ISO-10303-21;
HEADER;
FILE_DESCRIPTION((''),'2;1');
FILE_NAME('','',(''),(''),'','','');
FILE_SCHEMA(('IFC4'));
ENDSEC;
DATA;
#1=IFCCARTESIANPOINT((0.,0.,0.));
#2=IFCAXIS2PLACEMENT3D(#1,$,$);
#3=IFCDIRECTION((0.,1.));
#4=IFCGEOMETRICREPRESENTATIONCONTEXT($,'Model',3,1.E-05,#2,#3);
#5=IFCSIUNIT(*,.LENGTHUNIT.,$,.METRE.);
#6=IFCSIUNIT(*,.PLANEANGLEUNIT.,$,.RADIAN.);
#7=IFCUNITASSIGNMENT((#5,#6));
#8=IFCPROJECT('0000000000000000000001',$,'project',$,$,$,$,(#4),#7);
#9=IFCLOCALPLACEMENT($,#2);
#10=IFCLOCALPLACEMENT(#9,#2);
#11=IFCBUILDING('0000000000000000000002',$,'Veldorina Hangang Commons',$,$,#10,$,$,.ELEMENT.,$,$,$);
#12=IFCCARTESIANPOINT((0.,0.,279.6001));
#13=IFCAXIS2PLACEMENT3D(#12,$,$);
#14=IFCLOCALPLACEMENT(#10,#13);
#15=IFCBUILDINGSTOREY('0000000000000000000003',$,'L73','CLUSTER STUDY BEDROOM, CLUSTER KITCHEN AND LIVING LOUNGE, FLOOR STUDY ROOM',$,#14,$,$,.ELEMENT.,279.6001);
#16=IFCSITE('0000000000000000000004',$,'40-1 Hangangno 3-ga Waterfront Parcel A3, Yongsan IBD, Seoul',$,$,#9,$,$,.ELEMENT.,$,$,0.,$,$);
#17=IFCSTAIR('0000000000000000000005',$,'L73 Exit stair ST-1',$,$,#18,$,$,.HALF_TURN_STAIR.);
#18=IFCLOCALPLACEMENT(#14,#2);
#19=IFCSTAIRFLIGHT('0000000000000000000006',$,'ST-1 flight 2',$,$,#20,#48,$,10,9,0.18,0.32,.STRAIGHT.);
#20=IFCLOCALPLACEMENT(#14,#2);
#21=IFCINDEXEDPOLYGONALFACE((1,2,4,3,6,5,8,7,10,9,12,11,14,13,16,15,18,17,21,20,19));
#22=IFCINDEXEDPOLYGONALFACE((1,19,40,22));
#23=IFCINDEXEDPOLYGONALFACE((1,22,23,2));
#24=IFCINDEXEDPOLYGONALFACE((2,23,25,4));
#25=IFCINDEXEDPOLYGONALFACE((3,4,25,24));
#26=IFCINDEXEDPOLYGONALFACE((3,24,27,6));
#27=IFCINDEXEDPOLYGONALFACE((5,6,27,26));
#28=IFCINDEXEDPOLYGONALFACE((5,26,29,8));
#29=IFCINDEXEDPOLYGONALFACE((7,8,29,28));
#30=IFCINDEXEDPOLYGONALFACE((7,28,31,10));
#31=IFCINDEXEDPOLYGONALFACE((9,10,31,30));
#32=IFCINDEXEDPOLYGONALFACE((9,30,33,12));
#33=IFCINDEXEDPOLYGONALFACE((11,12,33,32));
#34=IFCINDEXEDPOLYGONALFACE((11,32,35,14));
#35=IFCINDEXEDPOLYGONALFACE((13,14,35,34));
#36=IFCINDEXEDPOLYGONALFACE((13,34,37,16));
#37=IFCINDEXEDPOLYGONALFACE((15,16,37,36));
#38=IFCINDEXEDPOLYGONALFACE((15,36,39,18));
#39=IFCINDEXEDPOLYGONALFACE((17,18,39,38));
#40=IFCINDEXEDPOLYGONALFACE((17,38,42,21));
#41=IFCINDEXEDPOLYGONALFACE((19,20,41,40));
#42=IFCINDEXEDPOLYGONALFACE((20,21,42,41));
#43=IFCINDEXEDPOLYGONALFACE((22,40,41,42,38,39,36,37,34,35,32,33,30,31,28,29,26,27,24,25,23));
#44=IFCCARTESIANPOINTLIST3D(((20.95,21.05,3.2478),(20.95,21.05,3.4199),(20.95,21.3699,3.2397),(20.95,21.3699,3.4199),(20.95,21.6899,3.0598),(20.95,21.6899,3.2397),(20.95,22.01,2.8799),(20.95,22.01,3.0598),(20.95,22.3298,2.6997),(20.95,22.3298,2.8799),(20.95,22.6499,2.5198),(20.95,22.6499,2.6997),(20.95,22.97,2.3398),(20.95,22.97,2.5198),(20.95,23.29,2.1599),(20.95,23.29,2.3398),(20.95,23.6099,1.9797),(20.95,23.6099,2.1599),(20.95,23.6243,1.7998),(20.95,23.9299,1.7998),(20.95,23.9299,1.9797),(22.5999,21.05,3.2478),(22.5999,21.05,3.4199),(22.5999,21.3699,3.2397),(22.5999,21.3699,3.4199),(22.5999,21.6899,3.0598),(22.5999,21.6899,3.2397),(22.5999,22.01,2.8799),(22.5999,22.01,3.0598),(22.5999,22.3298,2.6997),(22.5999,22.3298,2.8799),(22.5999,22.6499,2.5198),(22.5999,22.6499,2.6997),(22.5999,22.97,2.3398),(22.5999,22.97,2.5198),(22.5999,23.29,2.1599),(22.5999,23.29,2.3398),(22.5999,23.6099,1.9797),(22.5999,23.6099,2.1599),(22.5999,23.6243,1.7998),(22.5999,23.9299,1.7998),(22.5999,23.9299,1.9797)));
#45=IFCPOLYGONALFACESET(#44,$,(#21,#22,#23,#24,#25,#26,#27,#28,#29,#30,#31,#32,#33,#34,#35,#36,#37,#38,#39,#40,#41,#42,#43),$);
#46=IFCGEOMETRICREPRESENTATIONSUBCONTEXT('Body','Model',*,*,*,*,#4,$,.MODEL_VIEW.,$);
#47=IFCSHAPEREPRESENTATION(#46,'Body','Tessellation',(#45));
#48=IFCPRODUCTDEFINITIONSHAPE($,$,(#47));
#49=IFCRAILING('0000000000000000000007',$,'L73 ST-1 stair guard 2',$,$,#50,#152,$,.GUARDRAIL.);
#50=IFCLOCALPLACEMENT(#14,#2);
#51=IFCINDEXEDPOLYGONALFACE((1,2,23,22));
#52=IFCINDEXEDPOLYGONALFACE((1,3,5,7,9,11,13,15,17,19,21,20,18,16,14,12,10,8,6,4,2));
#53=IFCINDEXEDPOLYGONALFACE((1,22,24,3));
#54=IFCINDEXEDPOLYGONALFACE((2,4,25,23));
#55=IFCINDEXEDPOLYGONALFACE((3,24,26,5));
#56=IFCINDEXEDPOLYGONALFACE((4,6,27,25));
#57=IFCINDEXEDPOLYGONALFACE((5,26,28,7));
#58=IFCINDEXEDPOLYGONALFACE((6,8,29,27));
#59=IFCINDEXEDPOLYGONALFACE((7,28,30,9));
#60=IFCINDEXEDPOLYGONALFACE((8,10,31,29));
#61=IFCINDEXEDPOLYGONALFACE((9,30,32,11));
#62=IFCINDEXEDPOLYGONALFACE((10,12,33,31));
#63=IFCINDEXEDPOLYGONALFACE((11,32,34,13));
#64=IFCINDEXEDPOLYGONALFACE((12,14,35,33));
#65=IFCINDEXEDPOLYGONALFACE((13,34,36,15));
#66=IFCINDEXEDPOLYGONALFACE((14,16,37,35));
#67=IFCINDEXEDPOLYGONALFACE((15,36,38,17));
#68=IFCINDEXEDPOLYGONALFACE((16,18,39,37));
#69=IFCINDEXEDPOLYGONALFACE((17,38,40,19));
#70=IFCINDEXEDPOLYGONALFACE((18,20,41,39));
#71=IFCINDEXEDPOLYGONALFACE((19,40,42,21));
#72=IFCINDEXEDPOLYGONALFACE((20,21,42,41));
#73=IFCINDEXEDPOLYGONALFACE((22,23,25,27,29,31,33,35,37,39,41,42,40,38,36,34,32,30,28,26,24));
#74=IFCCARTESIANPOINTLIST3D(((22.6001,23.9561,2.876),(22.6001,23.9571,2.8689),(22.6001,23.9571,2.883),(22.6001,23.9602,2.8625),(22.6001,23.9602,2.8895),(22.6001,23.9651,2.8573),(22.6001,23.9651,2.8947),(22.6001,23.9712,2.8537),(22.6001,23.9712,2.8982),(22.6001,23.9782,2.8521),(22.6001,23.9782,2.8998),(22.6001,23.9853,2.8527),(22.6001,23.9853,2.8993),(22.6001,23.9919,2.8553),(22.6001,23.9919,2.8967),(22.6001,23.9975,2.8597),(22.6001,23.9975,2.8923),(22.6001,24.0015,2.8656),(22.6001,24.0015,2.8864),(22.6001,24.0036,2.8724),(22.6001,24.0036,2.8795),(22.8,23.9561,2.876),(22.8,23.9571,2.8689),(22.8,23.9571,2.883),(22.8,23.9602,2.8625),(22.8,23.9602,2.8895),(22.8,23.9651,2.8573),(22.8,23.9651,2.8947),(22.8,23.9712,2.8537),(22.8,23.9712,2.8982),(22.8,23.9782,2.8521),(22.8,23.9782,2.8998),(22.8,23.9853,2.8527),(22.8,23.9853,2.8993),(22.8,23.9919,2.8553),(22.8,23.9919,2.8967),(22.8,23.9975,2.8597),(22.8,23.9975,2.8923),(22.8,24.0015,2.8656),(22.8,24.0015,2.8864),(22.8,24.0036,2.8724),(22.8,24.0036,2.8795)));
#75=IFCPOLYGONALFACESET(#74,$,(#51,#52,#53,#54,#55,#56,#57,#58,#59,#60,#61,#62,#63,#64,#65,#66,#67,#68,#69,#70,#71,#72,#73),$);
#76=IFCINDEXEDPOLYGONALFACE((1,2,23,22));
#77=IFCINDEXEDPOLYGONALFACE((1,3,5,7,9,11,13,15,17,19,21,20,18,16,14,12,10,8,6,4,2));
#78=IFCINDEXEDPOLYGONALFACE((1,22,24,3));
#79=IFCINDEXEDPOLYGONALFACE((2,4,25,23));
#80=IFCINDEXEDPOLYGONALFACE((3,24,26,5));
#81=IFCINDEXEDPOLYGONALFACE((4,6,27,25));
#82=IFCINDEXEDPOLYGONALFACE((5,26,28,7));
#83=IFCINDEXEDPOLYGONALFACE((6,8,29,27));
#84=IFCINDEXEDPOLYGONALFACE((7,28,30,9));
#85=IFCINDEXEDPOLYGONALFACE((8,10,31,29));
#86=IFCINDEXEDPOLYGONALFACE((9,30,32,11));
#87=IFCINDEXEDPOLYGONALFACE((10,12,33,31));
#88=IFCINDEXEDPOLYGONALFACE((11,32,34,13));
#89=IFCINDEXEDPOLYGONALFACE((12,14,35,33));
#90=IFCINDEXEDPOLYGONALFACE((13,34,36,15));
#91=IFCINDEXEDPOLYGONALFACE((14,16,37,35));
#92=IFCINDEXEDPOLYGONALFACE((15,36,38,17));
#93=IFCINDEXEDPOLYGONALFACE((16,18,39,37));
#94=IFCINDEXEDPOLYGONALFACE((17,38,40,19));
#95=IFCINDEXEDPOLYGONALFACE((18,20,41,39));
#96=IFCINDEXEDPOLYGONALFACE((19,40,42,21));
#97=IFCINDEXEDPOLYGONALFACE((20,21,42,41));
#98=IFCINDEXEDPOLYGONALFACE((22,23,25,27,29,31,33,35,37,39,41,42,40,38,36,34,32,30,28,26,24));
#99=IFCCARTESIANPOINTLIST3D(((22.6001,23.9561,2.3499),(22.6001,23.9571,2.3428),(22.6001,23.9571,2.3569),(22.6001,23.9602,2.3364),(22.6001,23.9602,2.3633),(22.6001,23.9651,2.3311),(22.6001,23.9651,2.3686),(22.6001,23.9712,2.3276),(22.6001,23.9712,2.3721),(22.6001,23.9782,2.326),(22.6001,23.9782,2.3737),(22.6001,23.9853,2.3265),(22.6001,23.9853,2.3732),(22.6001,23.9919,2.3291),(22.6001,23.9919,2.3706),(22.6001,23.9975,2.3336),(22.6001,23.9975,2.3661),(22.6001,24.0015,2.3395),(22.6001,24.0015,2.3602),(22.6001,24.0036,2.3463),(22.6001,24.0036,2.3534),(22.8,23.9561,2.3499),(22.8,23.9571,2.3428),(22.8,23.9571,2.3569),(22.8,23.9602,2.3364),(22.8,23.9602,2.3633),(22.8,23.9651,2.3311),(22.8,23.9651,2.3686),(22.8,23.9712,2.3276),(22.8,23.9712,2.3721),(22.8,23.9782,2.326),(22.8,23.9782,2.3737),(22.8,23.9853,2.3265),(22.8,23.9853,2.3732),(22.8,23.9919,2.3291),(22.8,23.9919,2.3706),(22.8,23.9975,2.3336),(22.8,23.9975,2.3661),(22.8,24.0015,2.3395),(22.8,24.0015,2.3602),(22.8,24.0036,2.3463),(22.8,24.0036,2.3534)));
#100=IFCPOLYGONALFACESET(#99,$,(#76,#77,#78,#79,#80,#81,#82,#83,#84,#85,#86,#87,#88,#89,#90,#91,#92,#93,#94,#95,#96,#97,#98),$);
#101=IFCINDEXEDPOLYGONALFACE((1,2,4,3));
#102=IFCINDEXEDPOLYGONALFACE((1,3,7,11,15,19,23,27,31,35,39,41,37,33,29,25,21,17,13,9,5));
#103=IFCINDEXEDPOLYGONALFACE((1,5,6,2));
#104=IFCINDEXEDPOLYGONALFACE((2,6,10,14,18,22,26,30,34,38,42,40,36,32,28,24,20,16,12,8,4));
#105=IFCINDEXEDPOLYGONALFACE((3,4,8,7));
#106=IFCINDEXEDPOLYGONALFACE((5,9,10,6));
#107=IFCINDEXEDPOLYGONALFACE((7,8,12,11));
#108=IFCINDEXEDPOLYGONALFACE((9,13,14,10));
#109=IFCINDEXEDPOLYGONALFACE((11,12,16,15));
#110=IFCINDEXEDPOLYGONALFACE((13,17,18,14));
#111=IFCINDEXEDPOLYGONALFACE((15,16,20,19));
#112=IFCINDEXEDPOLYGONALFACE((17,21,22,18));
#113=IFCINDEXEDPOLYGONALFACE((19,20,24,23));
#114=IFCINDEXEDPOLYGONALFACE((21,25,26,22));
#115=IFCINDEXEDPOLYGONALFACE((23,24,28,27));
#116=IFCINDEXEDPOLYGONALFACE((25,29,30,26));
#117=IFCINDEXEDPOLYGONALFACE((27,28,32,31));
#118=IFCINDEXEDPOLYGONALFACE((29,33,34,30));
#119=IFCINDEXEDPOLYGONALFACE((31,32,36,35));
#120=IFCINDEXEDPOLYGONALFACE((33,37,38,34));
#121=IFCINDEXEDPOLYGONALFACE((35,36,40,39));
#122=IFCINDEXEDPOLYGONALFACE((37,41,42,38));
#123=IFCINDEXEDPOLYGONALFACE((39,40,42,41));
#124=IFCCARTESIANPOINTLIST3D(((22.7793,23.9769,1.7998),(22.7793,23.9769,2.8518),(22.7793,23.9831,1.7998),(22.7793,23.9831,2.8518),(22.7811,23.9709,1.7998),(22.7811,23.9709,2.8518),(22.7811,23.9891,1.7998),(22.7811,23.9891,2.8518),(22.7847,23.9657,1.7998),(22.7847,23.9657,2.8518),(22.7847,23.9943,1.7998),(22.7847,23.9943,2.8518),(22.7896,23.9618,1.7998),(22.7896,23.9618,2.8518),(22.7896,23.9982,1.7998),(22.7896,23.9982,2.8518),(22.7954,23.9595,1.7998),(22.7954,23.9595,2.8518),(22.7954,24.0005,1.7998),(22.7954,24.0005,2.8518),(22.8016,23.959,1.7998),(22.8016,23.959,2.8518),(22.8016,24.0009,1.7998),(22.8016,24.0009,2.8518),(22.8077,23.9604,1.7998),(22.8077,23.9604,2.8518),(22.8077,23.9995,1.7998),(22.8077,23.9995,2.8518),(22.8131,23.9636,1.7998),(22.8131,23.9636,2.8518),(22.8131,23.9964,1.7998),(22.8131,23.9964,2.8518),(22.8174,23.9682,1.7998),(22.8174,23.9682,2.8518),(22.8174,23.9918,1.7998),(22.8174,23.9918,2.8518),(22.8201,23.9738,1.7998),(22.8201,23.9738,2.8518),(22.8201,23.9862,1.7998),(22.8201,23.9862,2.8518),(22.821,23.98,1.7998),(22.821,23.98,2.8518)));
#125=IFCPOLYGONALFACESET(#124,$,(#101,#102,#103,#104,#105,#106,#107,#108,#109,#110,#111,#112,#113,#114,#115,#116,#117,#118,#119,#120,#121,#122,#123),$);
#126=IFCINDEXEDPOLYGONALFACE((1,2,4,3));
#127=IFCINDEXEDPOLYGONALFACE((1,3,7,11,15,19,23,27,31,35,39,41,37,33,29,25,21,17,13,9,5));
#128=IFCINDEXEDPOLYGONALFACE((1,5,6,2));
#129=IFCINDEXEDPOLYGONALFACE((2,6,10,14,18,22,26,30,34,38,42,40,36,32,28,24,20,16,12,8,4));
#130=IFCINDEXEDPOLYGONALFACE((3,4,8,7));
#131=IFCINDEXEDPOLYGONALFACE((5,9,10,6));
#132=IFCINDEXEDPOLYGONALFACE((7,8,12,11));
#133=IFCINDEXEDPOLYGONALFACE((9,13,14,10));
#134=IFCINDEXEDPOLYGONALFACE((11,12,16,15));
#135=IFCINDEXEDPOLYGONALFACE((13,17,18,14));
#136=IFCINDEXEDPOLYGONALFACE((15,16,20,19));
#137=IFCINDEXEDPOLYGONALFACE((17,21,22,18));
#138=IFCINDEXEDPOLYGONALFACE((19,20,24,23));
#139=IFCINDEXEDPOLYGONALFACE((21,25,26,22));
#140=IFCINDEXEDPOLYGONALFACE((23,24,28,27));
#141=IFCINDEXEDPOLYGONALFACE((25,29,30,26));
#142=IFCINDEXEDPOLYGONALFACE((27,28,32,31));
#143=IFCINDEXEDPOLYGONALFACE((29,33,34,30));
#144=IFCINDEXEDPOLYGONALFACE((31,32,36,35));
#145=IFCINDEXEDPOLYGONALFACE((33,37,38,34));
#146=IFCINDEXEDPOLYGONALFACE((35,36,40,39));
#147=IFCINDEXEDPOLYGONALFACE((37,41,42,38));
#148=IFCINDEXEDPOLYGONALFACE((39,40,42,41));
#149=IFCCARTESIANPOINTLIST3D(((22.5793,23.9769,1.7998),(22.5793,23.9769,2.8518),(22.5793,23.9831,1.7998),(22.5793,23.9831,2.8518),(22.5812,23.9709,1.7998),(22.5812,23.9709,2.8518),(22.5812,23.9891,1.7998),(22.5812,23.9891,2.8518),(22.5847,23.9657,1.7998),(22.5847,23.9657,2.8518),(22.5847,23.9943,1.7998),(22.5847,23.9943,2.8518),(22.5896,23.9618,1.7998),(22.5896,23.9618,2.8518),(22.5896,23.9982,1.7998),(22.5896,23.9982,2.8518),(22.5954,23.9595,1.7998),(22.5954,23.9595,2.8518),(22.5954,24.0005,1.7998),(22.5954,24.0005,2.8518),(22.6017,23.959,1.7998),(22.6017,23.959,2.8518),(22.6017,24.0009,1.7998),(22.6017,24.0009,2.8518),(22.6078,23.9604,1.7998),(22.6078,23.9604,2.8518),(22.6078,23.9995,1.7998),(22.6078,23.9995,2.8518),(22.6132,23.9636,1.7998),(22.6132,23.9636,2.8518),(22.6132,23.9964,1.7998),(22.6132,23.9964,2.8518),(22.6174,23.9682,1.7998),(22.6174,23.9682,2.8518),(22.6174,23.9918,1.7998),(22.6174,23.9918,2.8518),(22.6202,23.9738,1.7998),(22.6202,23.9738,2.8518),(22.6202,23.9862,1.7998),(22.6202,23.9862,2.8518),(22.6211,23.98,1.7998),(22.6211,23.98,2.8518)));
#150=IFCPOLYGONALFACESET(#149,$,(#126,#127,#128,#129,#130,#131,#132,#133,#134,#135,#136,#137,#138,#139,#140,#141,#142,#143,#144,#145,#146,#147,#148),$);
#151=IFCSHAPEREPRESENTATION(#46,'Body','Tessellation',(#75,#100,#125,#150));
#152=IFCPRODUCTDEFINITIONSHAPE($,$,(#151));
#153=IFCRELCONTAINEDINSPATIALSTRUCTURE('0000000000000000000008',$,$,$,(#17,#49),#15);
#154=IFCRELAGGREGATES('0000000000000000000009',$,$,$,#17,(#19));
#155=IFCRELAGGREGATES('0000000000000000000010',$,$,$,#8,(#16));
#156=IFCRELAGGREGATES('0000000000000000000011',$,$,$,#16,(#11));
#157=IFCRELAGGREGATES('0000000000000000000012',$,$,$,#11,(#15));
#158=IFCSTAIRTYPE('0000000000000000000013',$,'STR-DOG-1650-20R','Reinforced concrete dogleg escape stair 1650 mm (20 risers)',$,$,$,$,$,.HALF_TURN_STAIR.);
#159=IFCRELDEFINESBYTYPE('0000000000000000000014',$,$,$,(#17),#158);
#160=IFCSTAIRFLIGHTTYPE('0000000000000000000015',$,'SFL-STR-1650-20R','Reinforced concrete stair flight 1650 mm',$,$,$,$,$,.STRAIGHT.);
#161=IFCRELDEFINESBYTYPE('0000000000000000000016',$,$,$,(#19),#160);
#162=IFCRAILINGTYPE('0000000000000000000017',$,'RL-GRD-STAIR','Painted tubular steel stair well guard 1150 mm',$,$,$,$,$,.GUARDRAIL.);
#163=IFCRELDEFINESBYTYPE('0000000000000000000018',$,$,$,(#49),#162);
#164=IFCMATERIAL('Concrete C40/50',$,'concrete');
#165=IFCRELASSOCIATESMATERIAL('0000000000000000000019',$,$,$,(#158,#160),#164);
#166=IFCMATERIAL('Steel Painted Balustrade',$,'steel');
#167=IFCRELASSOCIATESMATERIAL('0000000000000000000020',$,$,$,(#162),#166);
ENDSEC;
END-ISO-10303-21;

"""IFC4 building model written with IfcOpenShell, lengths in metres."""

from ifc_helpers import new_model, si_unit, direction, frame, origin, origin_2d, place, context, subcontext, project, spatial, polyline, circle, outline, extrude, material, type_object, element, aggregate, save


model = new_model("IFC4")

# Units and contexts
model_context = context("Model", 3, precision=1e-05, world=origin(), true_north=direction((0.0, 1.0)))
body_context = subcontext(model_context, "Body", "Model", "MODEL_VIEW")
ifc_project = project(units=[si_unit("LENGTHUNIT", "METRE"), si_unit("PLANEANGLEUNIT", "RADIAN")], contexts=[model_context])

# Site, building, storey
site_placement = place(None, origin())
site = spatial("IfcSite", under=ifc_project, at=site_placement, Name="40-1 Hangangno 3-ga Waterfront Parcel A3, Yongsan IBD, Seoul", CompositionType="ELEMENT", RefElevation=0.0)
building_placement = place(site_placement, origin())
building = spatial("IfcBuilding", under=site, at=building_placement, Name="Veldorina Hangang Commons", CompositionType="ELEMENT")
storey_placement = place(building_placement, frame((0.0, 0.0, 279.6001)))
storey = spatial("IfcBuildingStorey", under=building, at=storey_placement, Name="L73", Description="CLUSTER STUDY BEDROOM, CLUSTER KITCHEN AND LIVING LOUNGE, FLOOR STUDY ROOM", CompositionType="ELEMENT", Elevation=279.6001)

# Stair, stair flight
ifc_material_1 = material(Name="Concrete C40/50", Category="concrete")
stair_type = type_object("IfcStairType", Name="STR-DOG-1650-20R", Description="Reinforced concrete dogleg escape stair 1650 mm (20 risers)", PredefinedType="HALF_TURN_STAIR", material=ifc_material_1)
stair_placement = place(storey_placement, origin())
stair = element("IfcStair", 1, at=stair_placement, inside=storey, type_object=stair_type, Name="L73 Exit stair ST-1", PredefinedType="HALF_TURN_STAIR")
stair_flight_type = type_object("IfcStairFlightType", Name="SFL-STR-1650-20R", Description="Reinforced concrete stair flight 1650 mm", PredefinedType="STRAIGHT", material=ifc_material_1)
stair_flight_placement = place(storey_placement, frame((21.7749, 23.9299, 1.7998), z_axis=(0.0, 0.0, 1.0), x_axis=(0.0, -1.0, 0.0)))
stair_flight = element("IfcStairFlight", 2, at=stair_flight_placement, type_object=stair_flight_type, Name="ST-1 flight 2", NumberOfRisers=10, NumberOfTreads=9, PredefinedType="STRAIGHT", RiserHeight=0.18, TreadLength=0.32, context=body_context, shape_type="SweptSolid", body=[
    extrude(outline(polyline([(0.0, 0.0), (0.0, 0.1799), (0.3201, 0.1799), (0.3201, 0.3601), (0.6399, 0.3601), (0.6399, 0.54), (0.96, 0.54), (0.96, 0.72), (1.28, 0.72), (1.28, 0.8999), (1.6001, 0.8999), (1.6001, 1.0801), (1.9199, 1.0801), (1.9199, 1.26), (2.24, 1.26), (2.24, 1.4399), (2.5601, 1.4399), (2.5601, 1.6201), (2.8799, 1.6201), (2.8799, 1.8), (2.8799, 1.448), (0.3057, 0.0), (0.0, 0.0)])), frame((0.0, 0.825, 0.0), z_axis=(0.0, -1.0, 0.0), x_axis=(1.0, 0.0, 0.0)), (0.0, 0.0, 1.0), 1.6499),
])
aggregate(stair, [stair_flight])

# Railing
ifc_material_2 = material(Name="Steel Painted Balustrade", Category="steel")
railing_type_1 = type_object("IfcRailingType", Name="RL-GRD-STAIR", Description="Painted tubular steel stair well guard 1150 mm", PredefinedType="GUARDRAIL", material=ifc_material_2)
railing_1_placement = place(storey_placement, frame((22.8, 23.98, 1.7998)))
element("IfcRailing", 3, at=railing_1_placement, inside=storey, type_object=railing_type_1, Name="L73 ST-1 stair guard 2", PredefinedType="GUARDRAIL", context=body_context, shape_type="SweptSolid", body=[
    extrude(circle(Radius=0.0239, at=origin_2d()), frame((0.0, 0.0, 1.0762), z_axis=(-1.0, 0.0, 0.0), x_axis=(0.0, -1.0, 0.0)), (0.0, 0.0, 1.0), 0.2),
    extrude(circle(Radius=0.0239, at=origin_2d()), frame((0.0, 0.0, 0.55), z_axis=(-1.0, 0.0, 0.0), x_axis=(0.0, -1.0, 0.0)), (0.0, 0.0, 1.0), 0.2),
    extrude(circle(Radius=0.021, at=origin_2d()), origin(), (0.0, 0.0, 1.0), 1.052),
    extrude(circle(Radius=0.021, at=origin_2d()), frame((-0.2, 0.0, 0.0)), (0.0, 0.0, 1.0), 1.052),
])

save(model, "model.ifc")
